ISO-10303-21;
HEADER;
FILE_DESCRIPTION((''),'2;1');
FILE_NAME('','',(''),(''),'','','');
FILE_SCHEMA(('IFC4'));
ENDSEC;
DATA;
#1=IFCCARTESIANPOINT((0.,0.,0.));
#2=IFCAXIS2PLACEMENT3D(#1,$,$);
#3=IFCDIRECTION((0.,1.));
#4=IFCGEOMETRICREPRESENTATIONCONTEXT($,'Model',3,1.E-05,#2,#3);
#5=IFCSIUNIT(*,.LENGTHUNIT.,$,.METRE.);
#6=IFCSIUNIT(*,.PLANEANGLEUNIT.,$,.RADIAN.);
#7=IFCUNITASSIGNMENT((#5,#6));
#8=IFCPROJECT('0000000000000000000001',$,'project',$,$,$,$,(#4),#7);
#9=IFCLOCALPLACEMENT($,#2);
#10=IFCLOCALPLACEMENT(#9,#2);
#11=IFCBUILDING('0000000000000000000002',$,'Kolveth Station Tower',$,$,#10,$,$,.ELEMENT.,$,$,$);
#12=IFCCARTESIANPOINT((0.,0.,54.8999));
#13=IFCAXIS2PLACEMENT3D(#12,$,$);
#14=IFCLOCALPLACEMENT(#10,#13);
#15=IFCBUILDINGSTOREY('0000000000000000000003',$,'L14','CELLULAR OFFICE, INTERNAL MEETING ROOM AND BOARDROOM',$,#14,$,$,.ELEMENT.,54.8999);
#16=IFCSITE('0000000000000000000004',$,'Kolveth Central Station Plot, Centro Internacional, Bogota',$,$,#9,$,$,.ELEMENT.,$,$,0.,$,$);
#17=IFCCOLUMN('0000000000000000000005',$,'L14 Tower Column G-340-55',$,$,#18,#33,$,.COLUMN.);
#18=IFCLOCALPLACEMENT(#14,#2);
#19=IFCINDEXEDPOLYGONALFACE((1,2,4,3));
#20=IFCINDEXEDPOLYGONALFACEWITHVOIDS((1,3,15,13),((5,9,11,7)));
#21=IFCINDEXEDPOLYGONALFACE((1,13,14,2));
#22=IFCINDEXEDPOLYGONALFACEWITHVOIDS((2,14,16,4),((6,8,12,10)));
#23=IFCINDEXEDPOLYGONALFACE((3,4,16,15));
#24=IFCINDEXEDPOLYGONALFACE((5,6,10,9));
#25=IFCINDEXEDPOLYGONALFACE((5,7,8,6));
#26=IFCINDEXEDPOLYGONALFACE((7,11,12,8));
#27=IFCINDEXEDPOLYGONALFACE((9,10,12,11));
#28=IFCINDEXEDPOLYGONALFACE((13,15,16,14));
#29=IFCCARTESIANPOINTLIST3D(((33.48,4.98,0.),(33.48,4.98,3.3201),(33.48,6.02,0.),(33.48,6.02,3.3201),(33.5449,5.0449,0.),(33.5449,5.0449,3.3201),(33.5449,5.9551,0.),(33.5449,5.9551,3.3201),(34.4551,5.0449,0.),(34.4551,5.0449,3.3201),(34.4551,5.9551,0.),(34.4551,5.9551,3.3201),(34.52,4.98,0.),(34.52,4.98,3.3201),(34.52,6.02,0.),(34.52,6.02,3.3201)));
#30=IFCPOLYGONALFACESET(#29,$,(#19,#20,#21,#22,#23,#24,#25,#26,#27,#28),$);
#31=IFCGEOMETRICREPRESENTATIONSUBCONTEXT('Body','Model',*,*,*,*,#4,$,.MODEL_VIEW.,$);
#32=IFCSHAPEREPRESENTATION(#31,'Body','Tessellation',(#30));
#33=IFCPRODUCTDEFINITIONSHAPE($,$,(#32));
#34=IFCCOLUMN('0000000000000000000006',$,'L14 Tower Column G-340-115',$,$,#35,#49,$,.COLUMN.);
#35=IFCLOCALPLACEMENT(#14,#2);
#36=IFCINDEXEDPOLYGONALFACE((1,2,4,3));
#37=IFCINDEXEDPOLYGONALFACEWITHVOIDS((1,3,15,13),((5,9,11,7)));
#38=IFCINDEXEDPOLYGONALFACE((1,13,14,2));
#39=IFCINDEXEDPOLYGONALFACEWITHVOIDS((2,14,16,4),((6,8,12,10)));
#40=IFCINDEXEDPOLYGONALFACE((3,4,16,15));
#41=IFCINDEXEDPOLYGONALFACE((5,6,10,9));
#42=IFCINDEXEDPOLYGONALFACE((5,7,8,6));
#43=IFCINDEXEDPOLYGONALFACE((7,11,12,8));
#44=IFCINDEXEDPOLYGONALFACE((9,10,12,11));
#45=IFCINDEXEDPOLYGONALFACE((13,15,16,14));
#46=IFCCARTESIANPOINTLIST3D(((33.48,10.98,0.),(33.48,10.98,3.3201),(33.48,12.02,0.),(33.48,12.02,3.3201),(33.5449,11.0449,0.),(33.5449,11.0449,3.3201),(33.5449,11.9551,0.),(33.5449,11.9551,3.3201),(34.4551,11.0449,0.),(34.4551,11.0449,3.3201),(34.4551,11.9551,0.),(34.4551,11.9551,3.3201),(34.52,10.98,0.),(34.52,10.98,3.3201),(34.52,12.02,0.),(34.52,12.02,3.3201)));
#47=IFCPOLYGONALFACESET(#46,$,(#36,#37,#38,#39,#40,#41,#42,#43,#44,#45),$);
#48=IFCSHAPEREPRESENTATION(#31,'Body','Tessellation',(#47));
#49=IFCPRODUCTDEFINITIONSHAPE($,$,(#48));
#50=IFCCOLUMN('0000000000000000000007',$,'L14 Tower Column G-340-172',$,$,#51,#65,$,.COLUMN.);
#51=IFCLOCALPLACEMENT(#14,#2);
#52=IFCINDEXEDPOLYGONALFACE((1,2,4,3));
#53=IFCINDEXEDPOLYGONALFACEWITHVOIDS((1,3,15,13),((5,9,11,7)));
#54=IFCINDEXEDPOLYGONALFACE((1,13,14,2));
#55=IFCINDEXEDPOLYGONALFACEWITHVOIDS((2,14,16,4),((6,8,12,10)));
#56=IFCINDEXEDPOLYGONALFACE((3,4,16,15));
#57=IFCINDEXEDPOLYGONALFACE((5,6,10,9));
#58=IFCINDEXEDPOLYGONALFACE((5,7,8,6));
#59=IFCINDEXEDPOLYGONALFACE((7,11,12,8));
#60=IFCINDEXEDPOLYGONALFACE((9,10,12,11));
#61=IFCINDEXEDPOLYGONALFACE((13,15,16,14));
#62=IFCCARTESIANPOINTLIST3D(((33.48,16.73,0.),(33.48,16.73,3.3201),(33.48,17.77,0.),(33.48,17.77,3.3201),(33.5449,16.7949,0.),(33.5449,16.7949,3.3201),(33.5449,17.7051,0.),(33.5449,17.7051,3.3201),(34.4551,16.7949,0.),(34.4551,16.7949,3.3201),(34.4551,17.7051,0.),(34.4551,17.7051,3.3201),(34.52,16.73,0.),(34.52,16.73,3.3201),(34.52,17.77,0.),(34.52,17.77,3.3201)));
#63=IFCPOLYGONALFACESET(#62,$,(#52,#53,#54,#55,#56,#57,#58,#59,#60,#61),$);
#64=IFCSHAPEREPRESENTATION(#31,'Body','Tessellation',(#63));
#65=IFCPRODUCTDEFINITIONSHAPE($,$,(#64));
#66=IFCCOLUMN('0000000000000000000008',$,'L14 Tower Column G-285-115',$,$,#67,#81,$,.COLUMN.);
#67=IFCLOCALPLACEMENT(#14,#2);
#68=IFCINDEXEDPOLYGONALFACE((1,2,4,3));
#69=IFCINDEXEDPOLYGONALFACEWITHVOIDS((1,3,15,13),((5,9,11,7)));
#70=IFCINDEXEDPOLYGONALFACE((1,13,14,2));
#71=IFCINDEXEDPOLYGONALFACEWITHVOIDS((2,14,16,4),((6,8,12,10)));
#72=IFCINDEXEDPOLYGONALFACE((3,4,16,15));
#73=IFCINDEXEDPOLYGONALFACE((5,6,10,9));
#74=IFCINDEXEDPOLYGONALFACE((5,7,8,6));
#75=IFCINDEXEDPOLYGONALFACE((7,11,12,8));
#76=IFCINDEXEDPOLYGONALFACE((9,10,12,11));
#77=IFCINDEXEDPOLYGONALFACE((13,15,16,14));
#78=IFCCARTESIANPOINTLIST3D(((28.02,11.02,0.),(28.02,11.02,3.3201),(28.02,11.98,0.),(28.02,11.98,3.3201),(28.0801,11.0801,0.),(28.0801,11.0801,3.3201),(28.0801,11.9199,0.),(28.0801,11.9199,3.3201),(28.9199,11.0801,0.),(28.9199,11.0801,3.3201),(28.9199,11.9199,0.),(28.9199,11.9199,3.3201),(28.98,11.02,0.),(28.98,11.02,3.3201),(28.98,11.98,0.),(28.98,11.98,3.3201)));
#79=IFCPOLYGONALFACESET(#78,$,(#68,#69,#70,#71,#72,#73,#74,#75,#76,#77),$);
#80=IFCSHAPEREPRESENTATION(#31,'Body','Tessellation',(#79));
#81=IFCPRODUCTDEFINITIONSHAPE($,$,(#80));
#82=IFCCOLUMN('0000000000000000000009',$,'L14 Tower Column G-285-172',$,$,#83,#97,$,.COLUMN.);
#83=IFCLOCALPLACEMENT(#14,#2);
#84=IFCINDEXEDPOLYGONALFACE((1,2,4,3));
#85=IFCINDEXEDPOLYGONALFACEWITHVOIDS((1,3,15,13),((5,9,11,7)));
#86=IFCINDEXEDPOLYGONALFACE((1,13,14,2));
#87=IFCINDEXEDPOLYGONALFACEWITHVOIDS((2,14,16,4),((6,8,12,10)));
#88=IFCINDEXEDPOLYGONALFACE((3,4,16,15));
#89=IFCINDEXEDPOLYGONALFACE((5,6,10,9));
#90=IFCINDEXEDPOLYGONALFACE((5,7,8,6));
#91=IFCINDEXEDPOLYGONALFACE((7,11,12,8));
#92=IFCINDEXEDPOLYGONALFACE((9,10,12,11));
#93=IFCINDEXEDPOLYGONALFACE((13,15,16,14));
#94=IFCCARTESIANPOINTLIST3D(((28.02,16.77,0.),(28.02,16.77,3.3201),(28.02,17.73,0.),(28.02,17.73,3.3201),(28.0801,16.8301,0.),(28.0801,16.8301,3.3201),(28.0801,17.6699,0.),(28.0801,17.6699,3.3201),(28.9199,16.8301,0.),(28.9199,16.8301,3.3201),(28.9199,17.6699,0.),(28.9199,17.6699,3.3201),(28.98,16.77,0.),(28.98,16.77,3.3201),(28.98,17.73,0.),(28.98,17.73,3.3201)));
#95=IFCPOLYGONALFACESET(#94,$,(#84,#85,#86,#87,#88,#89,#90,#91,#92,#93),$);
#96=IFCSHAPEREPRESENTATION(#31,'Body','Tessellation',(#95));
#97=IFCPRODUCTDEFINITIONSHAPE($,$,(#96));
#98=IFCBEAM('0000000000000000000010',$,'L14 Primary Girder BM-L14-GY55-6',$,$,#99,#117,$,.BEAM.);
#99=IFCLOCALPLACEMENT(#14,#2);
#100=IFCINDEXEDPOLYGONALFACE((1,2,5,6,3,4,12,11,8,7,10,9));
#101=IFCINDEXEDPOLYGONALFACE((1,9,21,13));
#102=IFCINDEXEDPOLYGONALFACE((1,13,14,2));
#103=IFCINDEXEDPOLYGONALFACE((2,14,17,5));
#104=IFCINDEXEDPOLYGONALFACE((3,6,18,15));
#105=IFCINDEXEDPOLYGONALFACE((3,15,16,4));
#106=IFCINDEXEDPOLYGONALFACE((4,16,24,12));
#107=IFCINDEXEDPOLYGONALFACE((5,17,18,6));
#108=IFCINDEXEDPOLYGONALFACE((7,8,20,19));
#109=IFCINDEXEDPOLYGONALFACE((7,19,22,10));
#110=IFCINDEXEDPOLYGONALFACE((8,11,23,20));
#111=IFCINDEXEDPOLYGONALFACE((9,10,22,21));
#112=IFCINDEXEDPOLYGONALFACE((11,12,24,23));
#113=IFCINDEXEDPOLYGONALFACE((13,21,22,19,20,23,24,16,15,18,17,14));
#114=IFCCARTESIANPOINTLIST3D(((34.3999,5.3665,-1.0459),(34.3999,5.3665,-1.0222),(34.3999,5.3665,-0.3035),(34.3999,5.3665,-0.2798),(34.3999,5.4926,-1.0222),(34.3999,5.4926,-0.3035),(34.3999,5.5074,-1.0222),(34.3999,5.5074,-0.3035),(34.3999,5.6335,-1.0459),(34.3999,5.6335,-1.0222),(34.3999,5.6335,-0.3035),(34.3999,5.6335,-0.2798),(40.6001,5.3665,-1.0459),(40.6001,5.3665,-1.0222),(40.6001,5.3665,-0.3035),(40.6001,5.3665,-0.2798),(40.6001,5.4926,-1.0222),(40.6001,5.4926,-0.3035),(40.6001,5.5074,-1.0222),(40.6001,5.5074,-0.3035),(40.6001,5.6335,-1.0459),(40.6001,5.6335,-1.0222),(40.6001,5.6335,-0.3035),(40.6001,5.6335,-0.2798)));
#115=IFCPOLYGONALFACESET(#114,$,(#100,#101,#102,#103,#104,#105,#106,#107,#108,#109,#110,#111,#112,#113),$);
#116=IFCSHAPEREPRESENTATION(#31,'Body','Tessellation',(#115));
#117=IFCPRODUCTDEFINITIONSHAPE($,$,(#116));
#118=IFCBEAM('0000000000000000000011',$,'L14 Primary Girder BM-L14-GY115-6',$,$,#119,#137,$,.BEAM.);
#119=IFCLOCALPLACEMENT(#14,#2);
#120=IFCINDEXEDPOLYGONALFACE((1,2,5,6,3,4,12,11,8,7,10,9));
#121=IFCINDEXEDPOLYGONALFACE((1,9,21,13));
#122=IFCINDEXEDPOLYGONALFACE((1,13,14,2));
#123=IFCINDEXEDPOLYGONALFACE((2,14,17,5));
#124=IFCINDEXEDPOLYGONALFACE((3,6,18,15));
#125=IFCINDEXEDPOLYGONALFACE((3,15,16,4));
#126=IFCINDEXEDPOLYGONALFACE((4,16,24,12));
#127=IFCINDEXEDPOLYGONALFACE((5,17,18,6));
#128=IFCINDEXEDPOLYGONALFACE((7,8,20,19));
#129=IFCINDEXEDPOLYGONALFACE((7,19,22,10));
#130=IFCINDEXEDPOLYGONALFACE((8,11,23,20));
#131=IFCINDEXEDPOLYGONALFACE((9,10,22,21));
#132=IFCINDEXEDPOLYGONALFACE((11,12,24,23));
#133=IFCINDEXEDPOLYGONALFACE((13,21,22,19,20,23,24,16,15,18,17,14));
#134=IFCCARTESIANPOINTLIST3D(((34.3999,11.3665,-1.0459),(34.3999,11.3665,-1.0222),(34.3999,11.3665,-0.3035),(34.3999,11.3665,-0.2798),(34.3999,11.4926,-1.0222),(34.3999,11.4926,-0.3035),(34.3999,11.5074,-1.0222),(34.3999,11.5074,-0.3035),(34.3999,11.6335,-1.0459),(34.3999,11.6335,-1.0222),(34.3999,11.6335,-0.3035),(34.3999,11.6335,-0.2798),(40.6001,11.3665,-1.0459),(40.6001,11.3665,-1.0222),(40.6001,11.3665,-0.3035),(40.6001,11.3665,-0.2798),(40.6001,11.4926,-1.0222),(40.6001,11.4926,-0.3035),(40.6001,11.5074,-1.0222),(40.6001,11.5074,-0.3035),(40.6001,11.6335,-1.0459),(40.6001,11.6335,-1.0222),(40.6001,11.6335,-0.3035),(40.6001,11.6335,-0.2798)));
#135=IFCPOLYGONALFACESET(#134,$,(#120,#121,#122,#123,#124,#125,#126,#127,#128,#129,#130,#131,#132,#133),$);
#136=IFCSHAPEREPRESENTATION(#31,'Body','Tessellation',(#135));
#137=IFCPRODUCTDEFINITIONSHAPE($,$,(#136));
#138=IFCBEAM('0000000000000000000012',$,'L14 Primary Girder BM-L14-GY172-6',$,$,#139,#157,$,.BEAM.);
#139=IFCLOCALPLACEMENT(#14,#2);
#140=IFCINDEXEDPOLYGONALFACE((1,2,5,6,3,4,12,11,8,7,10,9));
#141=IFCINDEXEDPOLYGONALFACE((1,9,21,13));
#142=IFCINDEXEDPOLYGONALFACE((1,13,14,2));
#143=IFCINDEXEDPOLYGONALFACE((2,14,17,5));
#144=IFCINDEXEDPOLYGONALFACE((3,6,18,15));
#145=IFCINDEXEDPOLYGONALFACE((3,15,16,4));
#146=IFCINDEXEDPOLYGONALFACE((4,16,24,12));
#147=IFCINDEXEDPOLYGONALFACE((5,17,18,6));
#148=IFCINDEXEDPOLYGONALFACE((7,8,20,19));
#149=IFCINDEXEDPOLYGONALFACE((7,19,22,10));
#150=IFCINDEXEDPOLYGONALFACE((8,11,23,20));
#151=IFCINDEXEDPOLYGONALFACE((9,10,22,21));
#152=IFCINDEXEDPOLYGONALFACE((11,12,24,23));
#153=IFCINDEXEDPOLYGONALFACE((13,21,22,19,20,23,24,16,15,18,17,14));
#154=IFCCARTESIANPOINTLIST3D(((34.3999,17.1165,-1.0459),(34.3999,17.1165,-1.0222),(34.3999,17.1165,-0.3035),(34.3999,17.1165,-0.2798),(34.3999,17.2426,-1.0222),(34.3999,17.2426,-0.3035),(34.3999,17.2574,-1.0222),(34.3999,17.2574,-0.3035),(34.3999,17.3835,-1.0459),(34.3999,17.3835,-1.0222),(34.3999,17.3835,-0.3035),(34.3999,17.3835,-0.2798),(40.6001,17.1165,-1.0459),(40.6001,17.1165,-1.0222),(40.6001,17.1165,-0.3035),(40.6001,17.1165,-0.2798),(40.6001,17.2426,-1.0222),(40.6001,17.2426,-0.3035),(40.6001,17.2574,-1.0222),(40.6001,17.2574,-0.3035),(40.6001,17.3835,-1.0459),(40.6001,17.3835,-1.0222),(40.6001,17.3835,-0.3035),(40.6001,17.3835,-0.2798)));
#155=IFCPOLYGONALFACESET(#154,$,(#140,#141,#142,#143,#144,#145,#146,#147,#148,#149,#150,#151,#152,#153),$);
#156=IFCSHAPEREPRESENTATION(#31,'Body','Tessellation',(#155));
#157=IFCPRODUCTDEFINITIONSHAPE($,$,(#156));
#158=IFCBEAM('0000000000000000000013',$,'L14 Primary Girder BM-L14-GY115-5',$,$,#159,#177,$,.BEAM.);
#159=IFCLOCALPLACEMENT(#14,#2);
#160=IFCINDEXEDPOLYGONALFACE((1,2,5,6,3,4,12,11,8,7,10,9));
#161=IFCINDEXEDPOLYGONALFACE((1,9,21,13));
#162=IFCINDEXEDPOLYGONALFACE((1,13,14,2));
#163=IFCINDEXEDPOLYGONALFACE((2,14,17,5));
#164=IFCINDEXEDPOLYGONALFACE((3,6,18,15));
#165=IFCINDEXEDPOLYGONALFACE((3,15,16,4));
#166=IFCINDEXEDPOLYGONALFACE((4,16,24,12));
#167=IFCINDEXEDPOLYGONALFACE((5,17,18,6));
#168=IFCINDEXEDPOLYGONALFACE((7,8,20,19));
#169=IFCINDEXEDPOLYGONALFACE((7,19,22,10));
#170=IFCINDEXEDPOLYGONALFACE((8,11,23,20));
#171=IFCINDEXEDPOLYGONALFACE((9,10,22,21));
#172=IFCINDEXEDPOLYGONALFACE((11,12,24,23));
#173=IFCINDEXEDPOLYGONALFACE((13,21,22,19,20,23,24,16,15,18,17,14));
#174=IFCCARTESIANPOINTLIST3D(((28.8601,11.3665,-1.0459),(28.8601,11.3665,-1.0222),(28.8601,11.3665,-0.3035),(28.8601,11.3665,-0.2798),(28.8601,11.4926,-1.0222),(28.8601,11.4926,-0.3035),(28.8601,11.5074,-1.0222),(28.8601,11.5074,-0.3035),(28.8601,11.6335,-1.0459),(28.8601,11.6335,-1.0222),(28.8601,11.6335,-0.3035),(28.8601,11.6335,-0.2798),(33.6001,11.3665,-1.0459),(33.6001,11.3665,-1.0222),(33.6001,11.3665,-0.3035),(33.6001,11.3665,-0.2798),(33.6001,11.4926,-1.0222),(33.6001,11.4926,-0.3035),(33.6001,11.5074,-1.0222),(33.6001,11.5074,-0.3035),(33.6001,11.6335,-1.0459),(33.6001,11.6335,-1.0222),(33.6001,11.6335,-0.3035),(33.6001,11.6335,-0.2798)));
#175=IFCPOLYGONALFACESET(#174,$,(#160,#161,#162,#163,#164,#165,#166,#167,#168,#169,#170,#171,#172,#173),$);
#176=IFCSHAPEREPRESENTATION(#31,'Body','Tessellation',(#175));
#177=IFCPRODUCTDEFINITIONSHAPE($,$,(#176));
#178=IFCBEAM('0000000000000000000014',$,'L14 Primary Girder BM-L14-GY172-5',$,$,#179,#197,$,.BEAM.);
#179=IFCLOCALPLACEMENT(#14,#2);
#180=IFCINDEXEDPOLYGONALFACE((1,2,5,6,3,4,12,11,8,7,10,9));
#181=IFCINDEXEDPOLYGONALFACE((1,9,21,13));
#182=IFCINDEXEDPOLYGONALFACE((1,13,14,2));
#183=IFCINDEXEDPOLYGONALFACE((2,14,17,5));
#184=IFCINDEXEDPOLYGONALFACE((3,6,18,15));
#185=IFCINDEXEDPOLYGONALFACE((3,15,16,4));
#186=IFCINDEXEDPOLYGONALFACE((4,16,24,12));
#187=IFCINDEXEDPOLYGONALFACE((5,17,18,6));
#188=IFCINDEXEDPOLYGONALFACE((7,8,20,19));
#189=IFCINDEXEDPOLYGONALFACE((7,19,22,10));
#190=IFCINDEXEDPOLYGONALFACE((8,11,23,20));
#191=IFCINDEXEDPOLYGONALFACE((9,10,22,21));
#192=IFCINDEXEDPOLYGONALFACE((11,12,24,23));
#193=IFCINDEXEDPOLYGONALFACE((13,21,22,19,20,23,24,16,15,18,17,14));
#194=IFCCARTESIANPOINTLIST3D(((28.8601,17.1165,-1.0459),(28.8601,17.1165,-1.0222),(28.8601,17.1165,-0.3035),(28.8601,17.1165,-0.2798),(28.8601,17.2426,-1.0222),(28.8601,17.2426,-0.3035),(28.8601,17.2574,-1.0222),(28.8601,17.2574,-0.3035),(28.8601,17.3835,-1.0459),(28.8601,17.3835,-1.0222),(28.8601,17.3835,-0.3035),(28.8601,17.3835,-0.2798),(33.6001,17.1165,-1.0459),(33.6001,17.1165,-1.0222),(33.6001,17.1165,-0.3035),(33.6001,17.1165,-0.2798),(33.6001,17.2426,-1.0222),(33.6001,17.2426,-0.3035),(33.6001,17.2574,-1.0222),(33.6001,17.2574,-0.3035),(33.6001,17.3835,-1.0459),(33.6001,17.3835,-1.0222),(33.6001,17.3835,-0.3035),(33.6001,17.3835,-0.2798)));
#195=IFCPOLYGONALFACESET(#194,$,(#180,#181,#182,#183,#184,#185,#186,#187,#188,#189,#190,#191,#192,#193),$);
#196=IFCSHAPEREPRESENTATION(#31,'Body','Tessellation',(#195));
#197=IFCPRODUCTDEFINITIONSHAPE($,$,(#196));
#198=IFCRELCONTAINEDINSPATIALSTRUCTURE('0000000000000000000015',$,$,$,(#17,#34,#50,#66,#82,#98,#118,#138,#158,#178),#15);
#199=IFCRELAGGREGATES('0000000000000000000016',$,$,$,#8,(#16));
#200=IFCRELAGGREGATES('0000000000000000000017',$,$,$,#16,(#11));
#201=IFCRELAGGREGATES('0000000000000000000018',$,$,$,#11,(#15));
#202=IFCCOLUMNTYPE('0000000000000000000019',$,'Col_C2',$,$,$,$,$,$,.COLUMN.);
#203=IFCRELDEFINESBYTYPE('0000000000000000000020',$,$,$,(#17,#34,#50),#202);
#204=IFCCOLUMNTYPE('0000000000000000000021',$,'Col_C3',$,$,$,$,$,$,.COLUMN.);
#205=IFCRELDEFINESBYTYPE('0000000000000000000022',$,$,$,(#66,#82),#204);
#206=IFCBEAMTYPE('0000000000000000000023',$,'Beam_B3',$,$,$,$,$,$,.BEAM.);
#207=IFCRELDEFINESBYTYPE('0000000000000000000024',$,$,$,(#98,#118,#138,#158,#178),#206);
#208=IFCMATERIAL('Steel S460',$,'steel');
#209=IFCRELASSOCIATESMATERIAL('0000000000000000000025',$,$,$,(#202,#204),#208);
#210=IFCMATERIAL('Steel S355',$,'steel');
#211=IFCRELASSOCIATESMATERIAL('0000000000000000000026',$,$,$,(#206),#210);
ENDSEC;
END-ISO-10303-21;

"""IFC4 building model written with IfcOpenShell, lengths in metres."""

from ifc_helpers import new_model, si_unit, direction, frame, origin, origin_2d, place, context, subcontext, project, spatial, hollow_rectangle, i_section, extrude, source, transform, mapped, material, material_profile, profile_set, type_object, element, save


model = new_model("IFC4")

# Units and contexts
model_context = context("Model", 3, precision=1e-05, world=origin(), true_north=direction((0.0, 1.0)))
body_context = subcontext(model_context, "Body", "Model", "MODEL_VIEW")
ifc_project = project(units=[si_unit("LENGTHUNIT", "METRE"), si_unit("PLANEANGLEUNIT", "RADIAN")], contexts=[model_context])

# Site, building, storey
site_placement = place(None, origin())
site = spatial("IfcSite", under=ifc_project, at=site_placement, Name="Kolveth Central Station Plot, Centro Internacional, Bogota", CompositionType="ELEMENT", RefElevation=0.0)
building_placement = place(site_placement, origin())
building = spatial("IfcBuilding", under=site, at=building_placement, Name="Kolveth Station Tower", CompositionType="ELEMENT")
storey_placement = place(building_placement, frame((0.0, 0.0, 54.8999)))
storey = spatial("IfcBuildingStorey", under=building, at=storey_placement, Name="L14", Description="CELLULAR OFFICE, INTERNAL MEETING ROOM AND BOARDROOM", CompositionType="ELEMENT", Elevation=54.8999)

# Columns
ifc_material_1 = material(Name="Steel S460", Category="steel")
ifc_material_profile_1 = material_profile(ifc_material_1, hollow_rectangle(XDim=1.04, YDim=1.04, WallThickness=0.0649, at=origin_2d()), Name="BOX1040x1040x65")
ifc_profile_set_1 = profile_set([ifc_material_profile_1], Name="Steel S460")
column_type_1 = type_object("IfcColumnType", Name="Col_C2", PredefinedType="COLUMN", material=ifc_profile_set_1)
shared_shape_1 = source(origin(), body_context, "Body", "SweptSolid", [
    extrude(hollow_rectangle(XDim=1.04, YDim=1.04, WallThickness=0.0649, at=origin_2d()), origin(), (0.0, 0.0, 1.0), 3.3201),
])
for number, where, z_axis, x_axis, name in (
    (1, (34.0, 5.5, 0.0), (0.0, 0.0, 1.0), (1.0, 0.0, 0.0), "L14 Tower Column G-340-55"),
    (2, (34.0, 11.5, 0.0), (0.0, 0.0, 1.0), (1.0, 0.0, 0.0), "L14 Tower Column G-340-115"),
    (3, (34.0, 17.25, 0.0), (0.0, 0.0, 1.0), (1.0, 0.0, 0.0), "L14 Tower Column G-340-172"),
):
    element("IfcColumn", number, at=place(storey_placement, frame(where, z_axis=z_axis, x_axis=x_axis)), inside=storey, type_object=column_type_1, Name=name, PredefinedType="COLUMN", context=body_context, shape_type="MappedRepresentation", body=[
        mapped(shared_shape_1, transform((0.0, 0.0, 0.0), x_axis=(1.0, 0.0, 0.0), y_axis=(0.0, 1.0, 0.0), z_axis=(0.0, 0.0, 1.0), scale=1.0)),
    ])
ifc_material_profile_2 = material_profile(ifc_material_1, hollow_rectangle(XDim=0.96, YDim=0.96, WallThickness=0.0601, at=origin_2d()), Name="BOX960x960x60")
ifc_profile_set_2 = profile_set([ifc_material_profile_2], Name="Steel S460")
column_type_2 = type_object("IfcColumnType", Name="Col_C3", PredefinedType="COLUMN", material=ifc_profile_set_2)
shared_shape_2 = source(origin(), body_context, "Body", "SweptSolid", [
    extrude(hollow_rectangle(XDim=0.96, YDim=0.96, WallThickness=0.0601, at=origin_2d()), origin(), (0.0, 0.0, 1.0), 3.3201),
])
for number, where, z_axis, x_axis, name in (
    (4, (28.5, 11.5, 0.0), (0.0, 0.0, 1.0), (1.0, 0.0, 0.0), "L14 Tower Column G-285-115"),
    (5, (28.5, 17.25, 0.0), (0.0, 0.0, 1.0), (1.0, 0.0, 0.0), "L14 Tower Column G-285-172"),
):
    element("IfcColumn", number, at=place(storey_placement, frame(where, z_axis=z_axis, x_axis=x_axis)), inside=storey, type_object=column_type_2, Name=name, PredefinedType="COLUMN", context=body_context, shape_type="MappedRepresentation", body=[
        mapped(shared_shape_2, transform((0.0, 0.0, 0.0), x_axis=(1.0, 0.0, 0.0), y_axis=(0.0, 1.0, 0.0), z_axis=(0.0, 0.0, 1.0), scale=1.0)),
    ])

# Beams
ifc_material_2 = material(Name="Steel S355", Category="steel")
ifc_material_profile_3 = material_profile(ifc_material_2, i_section(OverallWidth=0.2671, OverallDepth=0.7661, WebThickness=0.0149, FlangeThickness=0.0237, at=origin_2d()), Name="W760x185")
ifc_profile_set_3 = profile_set([ifc_material_profile_3], Name="Steel S355")
beam_type_1 = type_object("IfcBeamType", Name="Beam_B3", PredefinedType="BEAM", material=ifc_profile_set_3)
shared_shape_3 = source(origin(), body_context, "Body", "SweptSolid", [
    extrude(i_section(OverallWidth=0.2671, OverallDepth=0.7661, WebThickness=0.0149, FlangeThickness=0.0237, at=origin_2d()), origin(), (0.0, 0.0, 1.0), 6.2002),
])
for number, where, z_axis, x_axis, name in (
    (6, (34.3999, 5.5, -0.6628), (1.0, 0.0, 0.0), (0.0, 1.0, 0.0), "L14 Primary Girder BM-L14-GY55-6"),
    (7, (34.3999, 11.5, -0.6628), (1.0, 0.0, 0.0), (0.0, 1.0, 0.0), "L14 Primary Girder BM-L14-GY115-6"),
    (8, (34.3999, 17.25, -0.6628), (1.0, 0.0, 0.0), (0.0, 1.0, 0.0), "L14 Primary Girder BM-L14-GY172-6"),
):
    element("IfcBeam", number, at=place(storey_placement, frame(where, z_axis=z_axis, x_axis=x_axis)), inside=storey, type_object=beam_type_1, Name=name, PredefinedType="BEAM", context=body_context, shape_type="MappedRepresentation", body=[
        mapped(shared_shape_3, transform((0.0, 0.0, 0.0), x_axis=(1.0, 0.0, 0.0), y_axis=(0.0, 1.0, 0.0), z_axis=(0.0, 0.0, 1.0), scale=1.0)),
    ])
shared_shape_4 = source(origin(), body_context, "Body", "SweptSolid", [
    extrude(i_section(OverallWidth=0.2671, OverallDepth=0.7661, WebThickness=0.0149, FlangeThickness=0.0237, at=origin_2d()), origin(), (0.0, 0.0, 1.0), 4.74),
])
for number, where, z_axis, x_axis, name in (
    (9, (28.8601, 11.5, -0.6628), (1.0, 0.0, 0.0), (0.0, 1.0, 0.0), "L14 Primary Girder BM-L14-GY115-5"),
    (10, (28.8601, 17.25, -0.6628), (1.0, 0.0, 0.0), (0.0, 1.0, 0.0), "L14 Primary Girder BM-L14-GY172-5"),
):
    element("IfcBeam", number, at=place(storey_placement, frame(where, z_axis=z_axis, x_axis=x_axis)), inside=storey, type_object=beam_type_1, Name=name, PredefinedType="BEAM", context=body_context, shape_type="MappedRepresentation", body=[
        mapped(shared_shape_4, transform((0.0, 0.0, 0.0), x_axis=(1.0, 0.0, 0.0), y_axis=(0.0, 1.0, 0.0), z_axis=(0.0, 0.0, 1.0), scale=1.0)),
    ])

save(model, "model.ifc")
